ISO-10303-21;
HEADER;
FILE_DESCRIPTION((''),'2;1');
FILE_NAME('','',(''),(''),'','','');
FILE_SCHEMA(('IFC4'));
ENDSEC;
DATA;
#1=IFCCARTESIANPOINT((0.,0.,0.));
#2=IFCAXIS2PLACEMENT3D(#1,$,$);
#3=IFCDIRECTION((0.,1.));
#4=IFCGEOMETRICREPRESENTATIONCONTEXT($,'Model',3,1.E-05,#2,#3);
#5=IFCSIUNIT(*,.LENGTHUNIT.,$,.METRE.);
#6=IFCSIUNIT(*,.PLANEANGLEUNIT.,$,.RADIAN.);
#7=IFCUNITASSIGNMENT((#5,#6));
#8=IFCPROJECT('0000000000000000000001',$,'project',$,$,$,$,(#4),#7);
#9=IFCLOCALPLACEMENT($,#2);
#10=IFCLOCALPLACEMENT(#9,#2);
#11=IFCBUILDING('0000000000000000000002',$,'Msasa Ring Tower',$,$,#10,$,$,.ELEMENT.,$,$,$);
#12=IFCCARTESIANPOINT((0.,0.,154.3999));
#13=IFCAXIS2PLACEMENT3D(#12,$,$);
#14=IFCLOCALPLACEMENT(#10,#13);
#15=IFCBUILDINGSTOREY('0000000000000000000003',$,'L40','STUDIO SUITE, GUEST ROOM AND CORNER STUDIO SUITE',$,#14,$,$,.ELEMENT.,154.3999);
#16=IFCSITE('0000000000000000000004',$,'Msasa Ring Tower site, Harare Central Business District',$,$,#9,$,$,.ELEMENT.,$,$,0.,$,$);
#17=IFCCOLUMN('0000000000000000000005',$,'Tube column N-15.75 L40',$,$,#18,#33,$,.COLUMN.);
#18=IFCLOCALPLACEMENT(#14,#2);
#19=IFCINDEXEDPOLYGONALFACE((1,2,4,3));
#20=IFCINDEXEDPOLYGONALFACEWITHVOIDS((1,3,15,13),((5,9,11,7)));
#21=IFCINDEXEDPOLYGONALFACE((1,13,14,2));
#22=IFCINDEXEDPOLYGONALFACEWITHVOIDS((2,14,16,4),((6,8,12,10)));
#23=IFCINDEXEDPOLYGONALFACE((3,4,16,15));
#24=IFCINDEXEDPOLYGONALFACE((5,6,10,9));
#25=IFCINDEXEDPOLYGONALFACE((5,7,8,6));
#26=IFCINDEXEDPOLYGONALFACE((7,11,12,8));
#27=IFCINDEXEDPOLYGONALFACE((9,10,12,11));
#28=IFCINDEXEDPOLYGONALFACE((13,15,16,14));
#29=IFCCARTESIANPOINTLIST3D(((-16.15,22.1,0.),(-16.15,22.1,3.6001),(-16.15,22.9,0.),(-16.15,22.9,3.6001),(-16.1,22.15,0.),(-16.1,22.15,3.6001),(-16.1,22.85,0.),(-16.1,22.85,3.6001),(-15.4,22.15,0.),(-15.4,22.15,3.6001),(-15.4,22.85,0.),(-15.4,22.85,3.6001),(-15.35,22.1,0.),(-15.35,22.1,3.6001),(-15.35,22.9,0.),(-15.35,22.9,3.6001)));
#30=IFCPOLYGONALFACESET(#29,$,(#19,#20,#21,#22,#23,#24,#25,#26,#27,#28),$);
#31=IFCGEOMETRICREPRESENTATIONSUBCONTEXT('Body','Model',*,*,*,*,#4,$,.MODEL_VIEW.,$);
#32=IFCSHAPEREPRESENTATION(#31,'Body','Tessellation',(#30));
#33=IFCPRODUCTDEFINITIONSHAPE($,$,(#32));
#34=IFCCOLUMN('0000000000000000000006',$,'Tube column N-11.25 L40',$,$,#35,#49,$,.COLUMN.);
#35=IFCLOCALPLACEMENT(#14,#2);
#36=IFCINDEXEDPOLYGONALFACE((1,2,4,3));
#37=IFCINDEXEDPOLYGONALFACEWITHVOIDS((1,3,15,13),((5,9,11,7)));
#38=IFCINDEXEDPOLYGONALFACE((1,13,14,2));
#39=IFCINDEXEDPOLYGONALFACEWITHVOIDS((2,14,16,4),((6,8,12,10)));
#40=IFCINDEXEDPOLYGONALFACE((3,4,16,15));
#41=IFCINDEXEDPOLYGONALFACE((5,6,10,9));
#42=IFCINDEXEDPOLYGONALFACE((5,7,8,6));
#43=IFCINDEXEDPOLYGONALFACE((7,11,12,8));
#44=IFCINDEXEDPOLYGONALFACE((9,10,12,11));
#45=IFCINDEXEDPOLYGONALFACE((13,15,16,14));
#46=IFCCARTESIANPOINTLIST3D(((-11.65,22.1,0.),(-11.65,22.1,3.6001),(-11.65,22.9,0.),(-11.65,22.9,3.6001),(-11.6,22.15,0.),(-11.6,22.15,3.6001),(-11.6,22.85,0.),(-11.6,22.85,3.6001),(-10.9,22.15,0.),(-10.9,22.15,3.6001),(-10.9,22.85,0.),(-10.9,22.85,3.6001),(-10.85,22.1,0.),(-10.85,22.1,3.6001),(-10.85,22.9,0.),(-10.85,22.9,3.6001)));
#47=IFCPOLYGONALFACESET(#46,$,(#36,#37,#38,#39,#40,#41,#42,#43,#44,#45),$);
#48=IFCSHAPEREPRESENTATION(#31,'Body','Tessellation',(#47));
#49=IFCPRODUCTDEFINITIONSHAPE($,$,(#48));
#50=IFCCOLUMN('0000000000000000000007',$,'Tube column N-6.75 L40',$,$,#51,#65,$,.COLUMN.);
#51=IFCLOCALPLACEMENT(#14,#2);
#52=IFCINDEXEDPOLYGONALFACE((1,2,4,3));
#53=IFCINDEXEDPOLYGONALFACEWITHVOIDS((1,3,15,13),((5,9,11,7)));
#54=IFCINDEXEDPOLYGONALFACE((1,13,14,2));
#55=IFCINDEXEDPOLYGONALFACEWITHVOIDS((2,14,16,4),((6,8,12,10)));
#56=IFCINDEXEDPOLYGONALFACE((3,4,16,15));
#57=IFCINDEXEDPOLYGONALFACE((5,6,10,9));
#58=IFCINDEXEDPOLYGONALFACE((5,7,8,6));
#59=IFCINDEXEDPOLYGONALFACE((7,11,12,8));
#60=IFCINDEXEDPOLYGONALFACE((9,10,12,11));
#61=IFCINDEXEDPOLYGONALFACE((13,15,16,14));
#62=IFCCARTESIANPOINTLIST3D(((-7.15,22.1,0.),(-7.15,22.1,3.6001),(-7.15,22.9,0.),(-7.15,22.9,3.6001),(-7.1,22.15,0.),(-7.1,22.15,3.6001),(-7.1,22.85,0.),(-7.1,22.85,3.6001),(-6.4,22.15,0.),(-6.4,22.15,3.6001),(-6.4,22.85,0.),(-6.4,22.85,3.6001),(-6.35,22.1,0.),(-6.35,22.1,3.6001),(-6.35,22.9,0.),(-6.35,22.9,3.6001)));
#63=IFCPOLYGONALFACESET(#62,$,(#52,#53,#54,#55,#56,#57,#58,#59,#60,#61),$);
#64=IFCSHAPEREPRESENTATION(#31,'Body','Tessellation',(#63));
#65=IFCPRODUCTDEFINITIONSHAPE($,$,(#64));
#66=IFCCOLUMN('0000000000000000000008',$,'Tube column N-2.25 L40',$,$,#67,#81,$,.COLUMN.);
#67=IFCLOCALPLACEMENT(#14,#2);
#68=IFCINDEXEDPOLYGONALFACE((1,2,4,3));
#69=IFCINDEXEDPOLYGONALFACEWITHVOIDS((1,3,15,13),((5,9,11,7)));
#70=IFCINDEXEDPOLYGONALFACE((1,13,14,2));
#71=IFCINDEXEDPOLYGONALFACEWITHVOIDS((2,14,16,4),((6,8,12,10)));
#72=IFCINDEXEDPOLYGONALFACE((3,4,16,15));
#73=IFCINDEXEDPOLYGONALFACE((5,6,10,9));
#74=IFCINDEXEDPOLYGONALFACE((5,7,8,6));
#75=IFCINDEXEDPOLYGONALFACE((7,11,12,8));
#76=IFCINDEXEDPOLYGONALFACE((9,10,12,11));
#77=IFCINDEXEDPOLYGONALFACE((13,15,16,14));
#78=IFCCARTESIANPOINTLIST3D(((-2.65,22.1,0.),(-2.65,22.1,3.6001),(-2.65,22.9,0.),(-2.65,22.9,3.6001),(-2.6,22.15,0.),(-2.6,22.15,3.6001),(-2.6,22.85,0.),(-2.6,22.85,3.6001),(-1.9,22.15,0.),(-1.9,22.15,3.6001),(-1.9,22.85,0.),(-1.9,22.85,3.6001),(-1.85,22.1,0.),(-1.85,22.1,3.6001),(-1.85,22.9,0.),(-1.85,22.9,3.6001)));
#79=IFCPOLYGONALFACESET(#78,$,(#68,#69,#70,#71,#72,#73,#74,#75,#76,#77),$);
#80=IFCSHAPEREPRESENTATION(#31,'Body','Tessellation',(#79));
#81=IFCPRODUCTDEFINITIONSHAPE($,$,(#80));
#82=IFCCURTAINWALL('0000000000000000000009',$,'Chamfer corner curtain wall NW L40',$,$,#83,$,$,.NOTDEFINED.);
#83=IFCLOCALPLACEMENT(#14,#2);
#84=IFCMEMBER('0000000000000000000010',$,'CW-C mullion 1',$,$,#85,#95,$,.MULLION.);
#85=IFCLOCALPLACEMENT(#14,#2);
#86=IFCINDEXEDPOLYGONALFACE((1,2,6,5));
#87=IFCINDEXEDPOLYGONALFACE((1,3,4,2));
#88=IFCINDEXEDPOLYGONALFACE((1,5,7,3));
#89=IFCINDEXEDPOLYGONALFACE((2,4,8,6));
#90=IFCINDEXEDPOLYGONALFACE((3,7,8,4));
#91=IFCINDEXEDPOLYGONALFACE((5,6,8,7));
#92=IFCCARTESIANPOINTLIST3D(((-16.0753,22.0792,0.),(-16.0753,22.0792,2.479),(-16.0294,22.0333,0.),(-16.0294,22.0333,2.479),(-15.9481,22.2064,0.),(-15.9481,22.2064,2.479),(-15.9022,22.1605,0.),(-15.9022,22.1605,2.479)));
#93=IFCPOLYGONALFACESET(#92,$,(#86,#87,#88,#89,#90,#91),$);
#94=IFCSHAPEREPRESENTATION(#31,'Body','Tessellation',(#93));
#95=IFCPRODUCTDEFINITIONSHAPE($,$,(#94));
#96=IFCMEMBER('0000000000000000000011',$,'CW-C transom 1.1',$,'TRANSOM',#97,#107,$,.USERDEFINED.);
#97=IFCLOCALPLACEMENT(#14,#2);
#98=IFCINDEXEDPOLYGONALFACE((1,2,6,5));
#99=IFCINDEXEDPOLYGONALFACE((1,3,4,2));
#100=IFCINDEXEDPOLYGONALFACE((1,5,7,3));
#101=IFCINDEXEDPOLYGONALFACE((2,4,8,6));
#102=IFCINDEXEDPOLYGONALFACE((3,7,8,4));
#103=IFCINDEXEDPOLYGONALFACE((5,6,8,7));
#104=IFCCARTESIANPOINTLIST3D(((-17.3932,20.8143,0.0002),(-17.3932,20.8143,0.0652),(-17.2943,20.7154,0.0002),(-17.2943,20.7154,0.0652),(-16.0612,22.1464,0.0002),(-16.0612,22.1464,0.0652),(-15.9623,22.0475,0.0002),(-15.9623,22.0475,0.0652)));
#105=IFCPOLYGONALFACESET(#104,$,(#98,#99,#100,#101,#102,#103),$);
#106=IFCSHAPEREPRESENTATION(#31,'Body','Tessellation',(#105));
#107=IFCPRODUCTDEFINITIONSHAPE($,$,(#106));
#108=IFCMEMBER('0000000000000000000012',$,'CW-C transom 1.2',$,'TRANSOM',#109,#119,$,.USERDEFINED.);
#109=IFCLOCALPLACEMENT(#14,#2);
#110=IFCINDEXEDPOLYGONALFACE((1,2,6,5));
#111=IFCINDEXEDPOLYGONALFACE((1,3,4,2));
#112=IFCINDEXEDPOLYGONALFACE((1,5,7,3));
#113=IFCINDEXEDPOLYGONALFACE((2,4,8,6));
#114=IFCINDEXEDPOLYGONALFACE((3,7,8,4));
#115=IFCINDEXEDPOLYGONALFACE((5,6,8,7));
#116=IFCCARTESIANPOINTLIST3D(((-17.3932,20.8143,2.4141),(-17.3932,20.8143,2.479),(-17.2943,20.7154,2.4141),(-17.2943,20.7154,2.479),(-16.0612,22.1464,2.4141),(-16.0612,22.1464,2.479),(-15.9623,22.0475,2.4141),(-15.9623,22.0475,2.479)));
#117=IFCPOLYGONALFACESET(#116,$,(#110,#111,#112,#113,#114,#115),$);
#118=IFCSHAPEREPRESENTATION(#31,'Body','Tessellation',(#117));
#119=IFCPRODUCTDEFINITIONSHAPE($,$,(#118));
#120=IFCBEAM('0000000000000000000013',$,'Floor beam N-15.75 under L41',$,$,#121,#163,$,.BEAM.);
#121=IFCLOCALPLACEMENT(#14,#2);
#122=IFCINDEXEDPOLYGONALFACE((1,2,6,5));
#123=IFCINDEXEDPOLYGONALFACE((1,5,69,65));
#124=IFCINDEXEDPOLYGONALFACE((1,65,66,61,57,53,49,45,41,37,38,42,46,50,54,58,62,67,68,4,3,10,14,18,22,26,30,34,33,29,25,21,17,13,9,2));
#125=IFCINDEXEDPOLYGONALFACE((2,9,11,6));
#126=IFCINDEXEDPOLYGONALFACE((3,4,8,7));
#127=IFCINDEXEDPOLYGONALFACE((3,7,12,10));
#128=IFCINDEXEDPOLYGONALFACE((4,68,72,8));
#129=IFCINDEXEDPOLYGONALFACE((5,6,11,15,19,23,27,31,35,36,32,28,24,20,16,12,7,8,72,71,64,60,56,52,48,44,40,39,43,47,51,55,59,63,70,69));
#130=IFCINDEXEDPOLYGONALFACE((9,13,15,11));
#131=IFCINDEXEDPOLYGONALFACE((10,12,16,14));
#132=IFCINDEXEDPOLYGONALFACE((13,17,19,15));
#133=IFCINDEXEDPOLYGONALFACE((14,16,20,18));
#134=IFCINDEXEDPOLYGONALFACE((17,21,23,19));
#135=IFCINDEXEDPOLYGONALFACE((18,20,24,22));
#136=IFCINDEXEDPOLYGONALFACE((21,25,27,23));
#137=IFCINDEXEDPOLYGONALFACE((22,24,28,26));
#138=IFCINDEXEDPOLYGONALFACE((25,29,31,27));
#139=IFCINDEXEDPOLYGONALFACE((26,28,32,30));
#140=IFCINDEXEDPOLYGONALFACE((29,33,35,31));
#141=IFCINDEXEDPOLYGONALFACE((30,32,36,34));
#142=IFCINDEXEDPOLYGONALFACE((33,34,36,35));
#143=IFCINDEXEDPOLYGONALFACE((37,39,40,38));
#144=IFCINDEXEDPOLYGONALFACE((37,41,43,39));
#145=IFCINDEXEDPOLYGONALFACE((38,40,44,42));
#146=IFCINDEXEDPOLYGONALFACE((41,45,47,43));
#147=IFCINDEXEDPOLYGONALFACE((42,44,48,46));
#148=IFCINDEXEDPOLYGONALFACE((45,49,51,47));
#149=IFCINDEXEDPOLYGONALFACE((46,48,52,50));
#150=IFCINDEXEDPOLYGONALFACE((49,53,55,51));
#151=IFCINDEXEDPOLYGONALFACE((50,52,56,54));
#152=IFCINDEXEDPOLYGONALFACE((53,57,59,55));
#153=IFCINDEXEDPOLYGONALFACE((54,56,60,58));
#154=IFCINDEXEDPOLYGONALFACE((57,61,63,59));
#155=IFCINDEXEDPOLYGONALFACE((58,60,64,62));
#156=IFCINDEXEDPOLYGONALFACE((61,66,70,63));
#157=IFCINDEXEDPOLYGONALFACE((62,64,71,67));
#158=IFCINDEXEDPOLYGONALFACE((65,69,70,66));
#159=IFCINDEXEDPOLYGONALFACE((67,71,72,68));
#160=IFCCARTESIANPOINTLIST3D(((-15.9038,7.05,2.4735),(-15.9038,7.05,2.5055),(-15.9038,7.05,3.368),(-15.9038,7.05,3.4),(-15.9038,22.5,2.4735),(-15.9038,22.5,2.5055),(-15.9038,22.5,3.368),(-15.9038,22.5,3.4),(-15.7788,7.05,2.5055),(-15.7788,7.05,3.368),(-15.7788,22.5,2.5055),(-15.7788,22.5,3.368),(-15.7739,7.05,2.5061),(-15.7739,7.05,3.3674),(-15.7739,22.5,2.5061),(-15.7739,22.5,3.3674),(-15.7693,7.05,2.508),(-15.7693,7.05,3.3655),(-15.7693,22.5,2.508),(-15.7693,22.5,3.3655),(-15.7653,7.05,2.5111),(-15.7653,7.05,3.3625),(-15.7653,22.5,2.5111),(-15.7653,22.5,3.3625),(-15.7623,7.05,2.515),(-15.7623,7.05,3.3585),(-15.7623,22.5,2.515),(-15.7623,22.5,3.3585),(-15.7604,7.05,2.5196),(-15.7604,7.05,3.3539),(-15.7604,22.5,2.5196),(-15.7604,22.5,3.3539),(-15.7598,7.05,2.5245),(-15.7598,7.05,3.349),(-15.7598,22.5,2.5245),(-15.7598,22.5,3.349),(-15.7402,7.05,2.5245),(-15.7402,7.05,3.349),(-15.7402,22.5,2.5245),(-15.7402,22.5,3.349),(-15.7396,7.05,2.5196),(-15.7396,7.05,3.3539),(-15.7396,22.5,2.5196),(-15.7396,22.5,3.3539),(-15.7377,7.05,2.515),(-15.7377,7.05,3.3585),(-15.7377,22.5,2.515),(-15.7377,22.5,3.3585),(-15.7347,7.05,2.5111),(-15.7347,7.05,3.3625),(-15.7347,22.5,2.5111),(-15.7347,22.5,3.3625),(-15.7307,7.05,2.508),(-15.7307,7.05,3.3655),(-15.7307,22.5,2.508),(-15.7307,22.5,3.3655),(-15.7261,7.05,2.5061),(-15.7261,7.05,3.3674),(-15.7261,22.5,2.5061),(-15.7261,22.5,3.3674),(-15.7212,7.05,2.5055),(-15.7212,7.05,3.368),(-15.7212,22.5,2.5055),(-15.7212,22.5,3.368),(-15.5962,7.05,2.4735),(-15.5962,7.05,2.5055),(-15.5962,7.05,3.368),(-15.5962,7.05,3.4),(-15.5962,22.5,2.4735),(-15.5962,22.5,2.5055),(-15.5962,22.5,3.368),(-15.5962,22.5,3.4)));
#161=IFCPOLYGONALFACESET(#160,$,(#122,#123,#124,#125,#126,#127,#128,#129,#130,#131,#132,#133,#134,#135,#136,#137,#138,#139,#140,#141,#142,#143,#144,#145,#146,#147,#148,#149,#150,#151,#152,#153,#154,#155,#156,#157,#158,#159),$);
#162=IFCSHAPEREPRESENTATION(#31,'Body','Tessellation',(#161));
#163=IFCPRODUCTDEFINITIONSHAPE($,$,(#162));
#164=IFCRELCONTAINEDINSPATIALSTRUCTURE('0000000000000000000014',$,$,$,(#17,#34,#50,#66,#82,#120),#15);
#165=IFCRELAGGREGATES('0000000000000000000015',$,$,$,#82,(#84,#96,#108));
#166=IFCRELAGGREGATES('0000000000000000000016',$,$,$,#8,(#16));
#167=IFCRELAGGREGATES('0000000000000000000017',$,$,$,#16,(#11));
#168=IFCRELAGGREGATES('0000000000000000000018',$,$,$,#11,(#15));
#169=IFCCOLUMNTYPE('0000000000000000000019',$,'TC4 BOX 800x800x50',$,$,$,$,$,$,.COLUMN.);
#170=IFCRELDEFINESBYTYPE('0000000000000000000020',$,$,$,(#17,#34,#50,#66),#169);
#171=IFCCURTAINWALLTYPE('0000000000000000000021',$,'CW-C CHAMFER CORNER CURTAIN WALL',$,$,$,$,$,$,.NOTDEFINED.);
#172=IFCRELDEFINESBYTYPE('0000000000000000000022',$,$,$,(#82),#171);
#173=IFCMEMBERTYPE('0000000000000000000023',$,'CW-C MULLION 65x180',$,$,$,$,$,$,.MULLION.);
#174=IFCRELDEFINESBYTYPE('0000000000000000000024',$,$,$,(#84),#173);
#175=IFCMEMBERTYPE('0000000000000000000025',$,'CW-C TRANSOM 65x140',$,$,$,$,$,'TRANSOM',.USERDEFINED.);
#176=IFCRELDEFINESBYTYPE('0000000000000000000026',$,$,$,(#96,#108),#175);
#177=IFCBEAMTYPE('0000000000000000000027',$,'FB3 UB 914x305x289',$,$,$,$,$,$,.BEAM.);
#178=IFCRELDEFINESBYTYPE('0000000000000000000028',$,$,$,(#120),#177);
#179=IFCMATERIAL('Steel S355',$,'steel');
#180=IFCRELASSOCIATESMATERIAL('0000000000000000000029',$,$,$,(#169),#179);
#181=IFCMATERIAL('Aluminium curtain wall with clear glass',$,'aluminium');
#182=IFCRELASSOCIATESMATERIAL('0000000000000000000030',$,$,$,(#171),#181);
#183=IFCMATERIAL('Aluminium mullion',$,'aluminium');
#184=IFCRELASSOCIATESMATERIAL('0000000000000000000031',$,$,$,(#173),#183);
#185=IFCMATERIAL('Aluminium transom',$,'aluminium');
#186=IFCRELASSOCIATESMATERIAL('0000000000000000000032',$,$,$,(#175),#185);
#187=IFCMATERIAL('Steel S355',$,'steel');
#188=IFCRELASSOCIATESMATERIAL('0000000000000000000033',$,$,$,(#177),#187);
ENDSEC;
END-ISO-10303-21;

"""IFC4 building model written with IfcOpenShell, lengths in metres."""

from ifc_helpers import new_model, si_unit, direction, frame, origin, origin_2d, place, context, subcontext, project, spatial, rectangle, hollow_rectangle, i_section, extrude, material, material_profile, profile_set, type_object, element, aggregate, save


model = new_model("IFC4")

# Units and contexts
model_context = context("Model", 3, precision=1e-05, world=origin(), true_north=direction((0.0, 1.0)))
body_context = subcontext(model_context, "Body", "Model", "MODEL_VIEW")
ifc_project = project(units=[si_unit("LENGTHUNIT", "METRE"), si_unit("PLANEANGLEUNIT", "RADIAN")], contexts=[model_context])

# Site, building, storey
site_placement = place(None, origin())
site = spatial("IfcSite", under=ifc_project, at=site_placement, Name="Msasa Ring Tower site, Harare Central Business District", CompositionType="ELEMENT", RefElevation=0.0)
building_placement = place(site_placement, origin())
building = spatial("IfcBuilding", under=site, at=building_placement, Name="Msasa Ring Tower", CompositionType="ELEMENT")
storey_placement = place(building_placement, frame((0.0, 0.0, 154.3999)))
storey = spatial("IfcBuildingStorey", under=building, at=storey_placement, Name="L40", Description="STUDIO SUITE, GUEST ROOM AND CORNER STUDIO SUITE", CompositionType="ELEMENT", Elevation=154.3999)

# Columns
ifc_material_1 = material(Name="Steel S355", Category="steel")
ifc_material_profile_1 = material_profile(ifc_material_1, hollow_rectangle(XDim=0.8, YDim=0.8, WallThickness=0.05, at=origin_2d()), Name="BOX 800x800x50")
ifc_profile_set_1 = profile_set([ifc_material_profile_1], Name="Steel S355")
column_type = type_object("IfcColumnType", Name="TC4 BOX 800x800x50", PredefinedType="COLUMN", material=ifc_profile_set_1)
for number, where, z_axis, x_axis, name in (
    (1, (-15.75, 22.5, 0.0), (0.0, 0.0, 1.0), (0.0, 1.0, 0.0), "Tube column N-15.75 L40"),
    (2, (-11.25, 22.5, 0.0), (0.0, 0.0, 1.0), (0.0, 1.0, 0.0), "Tube column N-11.25 L40"),
    (3, (-6.75, 22.5, 0.0), (0.0, 0.0, 1.0), (0.0, 1.0, 0.0), "Tube column N-6.75 L40"),
    (4, (-2.25, 22.5, 0.0), (0.0, 0.0, 1.0), (0.0, 1.0, 0.0), "Tube column N-2.25 L40"),
):
    element("IfcColumn", number, at=place(storey_placement, frame(where, z_axis=z_axis, x_axis=x_axis)), inside=storey, type_object=column_type, Name=name, PredefinedType="COLUMN", context=body_context, shape_type="SweptSolid", body=[
        extrude(hollow_rectangle(XDim=0.8, YDim=0.8, WallThickness=0.05, at=origin_2d()), origin(), (0.0, 0.0, 1.0), 3.6001),
    ])

# Curtain wall, members
ifc_material_2 = material(Name="Aluminium curtain wall with clear glass", Category="aluminium")
curtain_wall_type = type_object("IfcCurtainWallType", Name="CW-C CHAMFER CORNER CURTAIN WALL", PredefinedType="NOTDEFINED", material=ifc_material_2)
curtain_wall_placement = place(storey_placement, origin())
curtain_wall = element("IfcCurtainWall", 5, at=curtain_wall_placement, inside=storey, type_object=curtain_wall_type, Name="Chamfer corner curtain wall NW L40", PredefinedType="NOTDEFINED")
ifc_material_3 = material(Name="Aluminium mullion", Category="aluminium")
ifc_material_profile_2 = material_profile(ifc_material_3, rectangle(XDim=0.0649, YDim=0.1799, at=origin_2d()), Name="AL 65x180")
ifc_profile_set_2 = profile_set([ifc_material_profile_2], Name="Aluminium mullion")
member_type_1 = type_object("IfcMemberType", Name="CW-C MULLION 65x180", PredefinedType="MULLION", material=ifc_profile_set_2)
member_1_placement = place(storey_placement, frame((-15.9888, 22.1199, 0.0), z_axis=(0.0, 0.0, 1.0), x_axis=(0.707107, -0.707107, 0.0)))
member_1 = element("IfcMember", 6, at=member_1_placement, type_object=member_type_1, Name="CW-C mullion 1", PredefinedType="MULLION", context=body_context, shape_type="SweptSolid", body=[
    extrude(rectangle(XDim=0.0649, YDim=0.1799, at=origin_2d()), origin(), (0.0, 0.0, 1.0), 2.479),
])
ifc_material_4 = material(Name="Aluminium transom", Category="aluminium")
ifc_material_profile_3 = material_profile(ifc_material_4, rectangle(XDim=0.1399, YDim=0.0649, at=origin_2d()), Name="AL 65x140")
ifc_profile_set_3 = profile_set([ifc_material_profile_3], Name="Aluminium transom")
member_type_2 = type_object("IfcMemberType", Name="CW-C TRANSOM 65x140", ElementType="TRANSOM", PredefinedType="USERDEFINED", material=ifc_profile_set_3)
member_2_placement = place(storey_placement, frame((-16.0117, 22.0969, 0.0327), z_axis=(-0.707107, -0.707107, 0.0), x_axis=(0.707107, -0.707107, 0.0)))
member_2 = element("IfcMember", 7, at=member_2_placement, type_object=member_type_2, Name="CW-C transom 1.1", ObjectType="TRANSOM", PredefinedType="USERDEFINED", context=body_context, shape_type="SweptSolid", body=[
    extrude(rectangle(XDim=0.1399, YDim=0.0649, at=origin_2d()), origin(), (0.0, 0.0, 1.0), 1.8838),
])
member_3_placement = place(storey_placement, frame((-16.0117, 22.0969, 2.4465), z_axis=(-0.707107, -0.707107, 0.0), x_axis=(0.707107, -0.707107, 0.0)))
member_3 = element("IfcMember", 8, at=member_3_placement, type_object=member_type_2, Name="CW-C transom 1.2", ObjectType="TRANSOM", PredefinedType="USERDEFINED", context=body_context, shape_type="SweptSolid", body=[
    extrude(rectangle(XDim=0.1399, YDim=0.0649, at=origin_2d()), origin(), (0.0, 0.0, 1.0), 1.8838),
])
aggregate(curtain_wall, [member_1, member_2, member_3])

# Beam
ifc_material_5 = material(Name="Steel S355", Category="steel")
ifc_material_profile_4 = material_profile(ifc_material_5, i_section(OverallWidth=0.3076, OverallDepth=0.9265, WebThickness=0.0195, FlangeThickness=0.032, FilletRadius=0.019, at=origin_2d()), Name="UB 914x305x289")
ifc_profile_set_4 = profile_set([ifc_material_profile_4], Name="Steel S355")
beam_type_1 = type_object("IfcBeamType", Name="FB3 UB 914x305x289", PredefinedType="BEAM", material=ifc_profile_set_4)
for number, where, z_axis, x_axis, name in (
    (9, (-15.75, 22.5, 2.9368), (0.0, -1.0, 0.0), (1.0, 0.0, 0.0), "Floor beam N-15.75 under L41"),
):
    element("IfcBeam", number, at=place(storey_placement, frame(where, z_axis=z_axis, x_axis=x_axis)), inside=storey, type_object=beam_type_1, Name=name, PredefinedType="BEAM", context=body_context, shape_type="SweptSolid", body=[
        extrude(i_section(OverallWidth=0.3076, OverallDepth=0.9265, WebThickness=0.0195, FlangeThickness=0.032, FilletRadius=0.019, at=origin_2d()), origin(), (0.0, 0.0, 1.0), 15.45),
    ])

save(model, "model.ifc")
